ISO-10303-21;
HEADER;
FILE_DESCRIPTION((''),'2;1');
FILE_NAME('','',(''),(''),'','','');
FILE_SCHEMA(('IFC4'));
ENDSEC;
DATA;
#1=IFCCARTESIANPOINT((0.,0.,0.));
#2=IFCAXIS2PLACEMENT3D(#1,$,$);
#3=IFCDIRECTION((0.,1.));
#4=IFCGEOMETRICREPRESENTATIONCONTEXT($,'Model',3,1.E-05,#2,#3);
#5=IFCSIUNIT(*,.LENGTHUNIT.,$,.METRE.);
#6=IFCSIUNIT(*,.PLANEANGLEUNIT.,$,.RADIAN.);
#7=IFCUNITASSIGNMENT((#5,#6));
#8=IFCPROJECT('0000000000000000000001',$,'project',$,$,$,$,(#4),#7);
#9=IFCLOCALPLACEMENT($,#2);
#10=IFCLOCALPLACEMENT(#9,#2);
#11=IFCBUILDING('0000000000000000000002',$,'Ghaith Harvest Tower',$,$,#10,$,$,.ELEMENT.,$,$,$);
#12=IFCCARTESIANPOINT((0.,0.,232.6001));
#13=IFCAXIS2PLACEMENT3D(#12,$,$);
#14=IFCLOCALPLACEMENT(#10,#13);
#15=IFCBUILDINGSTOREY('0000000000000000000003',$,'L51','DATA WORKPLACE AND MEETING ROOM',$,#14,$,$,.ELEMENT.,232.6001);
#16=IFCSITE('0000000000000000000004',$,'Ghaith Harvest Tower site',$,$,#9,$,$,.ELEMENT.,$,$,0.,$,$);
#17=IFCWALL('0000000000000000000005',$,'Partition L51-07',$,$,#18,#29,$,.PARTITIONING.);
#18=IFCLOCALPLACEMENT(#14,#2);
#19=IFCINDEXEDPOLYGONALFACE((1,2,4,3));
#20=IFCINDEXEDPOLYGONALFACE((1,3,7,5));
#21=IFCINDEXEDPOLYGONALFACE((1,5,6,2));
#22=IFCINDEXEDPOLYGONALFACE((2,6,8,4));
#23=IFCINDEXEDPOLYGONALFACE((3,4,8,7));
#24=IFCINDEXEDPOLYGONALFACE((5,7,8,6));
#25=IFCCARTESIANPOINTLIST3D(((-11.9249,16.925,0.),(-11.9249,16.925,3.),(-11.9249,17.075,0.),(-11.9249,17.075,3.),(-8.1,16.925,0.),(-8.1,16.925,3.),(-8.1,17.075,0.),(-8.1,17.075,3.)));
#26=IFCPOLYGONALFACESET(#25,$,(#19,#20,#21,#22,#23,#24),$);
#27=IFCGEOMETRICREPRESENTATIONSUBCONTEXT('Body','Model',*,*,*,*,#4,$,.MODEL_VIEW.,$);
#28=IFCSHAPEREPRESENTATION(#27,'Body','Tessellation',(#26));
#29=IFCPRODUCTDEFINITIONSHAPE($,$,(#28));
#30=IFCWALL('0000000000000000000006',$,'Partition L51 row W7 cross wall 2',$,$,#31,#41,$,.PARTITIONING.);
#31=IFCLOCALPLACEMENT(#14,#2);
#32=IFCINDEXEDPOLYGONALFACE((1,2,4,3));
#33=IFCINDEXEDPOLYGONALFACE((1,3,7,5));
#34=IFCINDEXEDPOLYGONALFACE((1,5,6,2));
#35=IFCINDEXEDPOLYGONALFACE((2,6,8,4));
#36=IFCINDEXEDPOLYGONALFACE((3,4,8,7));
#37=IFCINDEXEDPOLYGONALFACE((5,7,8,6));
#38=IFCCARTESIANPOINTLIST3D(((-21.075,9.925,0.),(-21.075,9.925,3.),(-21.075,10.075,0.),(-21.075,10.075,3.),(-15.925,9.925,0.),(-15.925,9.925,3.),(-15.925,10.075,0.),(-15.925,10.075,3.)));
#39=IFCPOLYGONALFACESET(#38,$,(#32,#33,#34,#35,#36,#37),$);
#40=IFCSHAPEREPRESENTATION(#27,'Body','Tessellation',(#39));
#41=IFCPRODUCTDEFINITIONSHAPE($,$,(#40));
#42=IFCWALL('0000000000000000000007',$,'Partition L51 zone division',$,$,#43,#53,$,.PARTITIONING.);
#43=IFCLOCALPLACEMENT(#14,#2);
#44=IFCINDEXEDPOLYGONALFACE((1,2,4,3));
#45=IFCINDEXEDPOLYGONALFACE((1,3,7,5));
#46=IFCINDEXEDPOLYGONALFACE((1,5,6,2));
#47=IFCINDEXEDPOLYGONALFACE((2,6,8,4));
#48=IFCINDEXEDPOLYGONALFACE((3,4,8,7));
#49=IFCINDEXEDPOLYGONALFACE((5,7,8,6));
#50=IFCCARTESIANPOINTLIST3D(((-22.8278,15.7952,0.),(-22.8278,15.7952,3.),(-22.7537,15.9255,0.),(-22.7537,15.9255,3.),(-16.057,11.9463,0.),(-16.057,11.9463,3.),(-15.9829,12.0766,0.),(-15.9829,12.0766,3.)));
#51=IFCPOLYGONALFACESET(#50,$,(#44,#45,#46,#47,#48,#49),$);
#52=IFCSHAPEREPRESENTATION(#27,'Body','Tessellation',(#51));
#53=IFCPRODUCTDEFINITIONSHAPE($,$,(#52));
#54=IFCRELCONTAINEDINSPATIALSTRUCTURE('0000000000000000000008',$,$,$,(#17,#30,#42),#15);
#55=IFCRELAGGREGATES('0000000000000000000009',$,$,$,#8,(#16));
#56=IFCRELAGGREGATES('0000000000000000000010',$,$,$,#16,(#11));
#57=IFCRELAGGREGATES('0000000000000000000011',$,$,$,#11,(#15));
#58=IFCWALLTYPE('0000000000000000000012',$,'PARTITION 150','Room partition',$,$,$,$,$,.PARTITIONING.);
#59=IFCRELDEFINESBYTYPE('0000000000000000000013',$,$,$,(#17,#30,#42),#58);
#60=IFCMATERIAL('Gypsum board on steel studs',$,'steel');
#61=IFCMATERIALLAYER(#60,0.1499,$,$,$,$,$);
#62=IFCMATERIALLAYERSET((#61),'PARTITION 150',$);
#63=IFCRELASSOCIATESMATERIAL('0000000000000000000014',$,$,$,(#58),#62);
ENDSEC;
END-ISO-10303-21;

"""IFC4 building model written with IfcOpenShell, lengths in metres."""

from ifc_helpers import new_model, si_unit, direction, frame, frame_2d, origin, place, context, subcontext, project, spatial, rectangle, extrude, material, layer, layer_set, type_object, element, save


model = new_model("IFC4")

# Units and contexts
model_context = context("Model", 3, precision=1e-05, world=origin(), true_north=direction((0.0, 1.0)))
body_context = subcontext(model_context, "Body", "Model", "MODEL_VIEW")
ifc_project = project(units=[si_unit("LENGTHUNIT", "METRE"), si_unit("PLANEANGLEUNIT", "RADIAN")], contexts=[model_context])

# Site, building, storey
site_placement = place(None, origin())
site = spatial("IfcSite", under=ifc_project, at=site_placement, Name="Ghaith Harvest Tower site", CompositionType="ELEMENT", RefElevation=0.0)
building_placement = place(site_placement, origin())
building = spatial("IfcBuilding", under=site, at=building_placement, Name="Ghaith Harvest Tower", CompositionType="ELEMENT")
storey_placement = place(building_placement, frame((0.0, 0.0, 232.6001)))
storey = spatial("IfcBuildingStorey", under=building, at=storey_placement, Name="L51", Description="DATA WORKPLACE AND MEETING ROOM", CompositionType="ELEMENT", Elevation=232.6001)

# Shared definitions
ifc_material_1 = material(Name="Gypsum board on steel studs", Category="steel")
ifc_layer_1 = layer(ifc_material_1, 0.1499)
ifc_layer_set_1 = layer_set([ifc_layer_1], Name="PARTITION 150")
wall_type = type_object("IfcWallType", Name="PARTITION 150", Description="Room partition", PredefinedType="PARTITIONING", material=ifc_layer_set_1)

# Walls
wall_1_placement = place(storey_placement, frame((-11.925, 17.0, 0.0), z_axis=(0.0, 0.0, 1.0), x_axis=(1.0, 0.0, 0.0)))
element("IfcWall", 1, at=wall_1_placement, inside=storey, type_object=wall_type, Name="Partition L51-07", PredefinedType="PARTITIONING", context=body_context, shape_type="SweptSolid", body=[
    extrude(rectangle(XDim=3.825, YDim=0.1499, at=frame_2d((1.9126, 0.0))), origin(), (0.0, 0.0, 1.0), 3.0),
])
wall_2_placement = place(storey_placement, frame((-15.925, 10.0, 0.0), z_axis=(0.0, 0.0, 1.0), x_axis=(-1.0, 0.0, 0.0)))
element("IfcWall", 2, at=wall_2_placement, inside=storey, type_object=wall_type, Name="Partition L51 row W7 cross wall 2", PredefinedType="PARTITIONING", context=body_context, shape_type="SweptSolid", body=[
    extrude(rectangle(XDim=5.1499, YDim=0.1499, at=frame_2d((2.575, 0.0))), origin(), (0.0, 0.0, 1.0), 3.0),
])
wall_3_placement = place(storey_placement, frame((-16.02, 12.0115, 0.0), z_axis=(0.0, 0.0, 1.0), x_axis=(-0.869354, 0.49419, 0.0)))
element("IfcWall", 3, at=wall_3_placement, inside=storey, type_object=wall_type, Name="Partition L51 zone division", PredefinedType="PARTITIONING", context=body_context, shape_type="SweptSolid", body=[
    extrude(rectangle(XDim=7.7883, YDim=0.1499, at=frame_2d((3.894, 0.0))), origin(), (0.0, 0.0, 1.0), 3.0),
])

save(model, "model.ifc")
